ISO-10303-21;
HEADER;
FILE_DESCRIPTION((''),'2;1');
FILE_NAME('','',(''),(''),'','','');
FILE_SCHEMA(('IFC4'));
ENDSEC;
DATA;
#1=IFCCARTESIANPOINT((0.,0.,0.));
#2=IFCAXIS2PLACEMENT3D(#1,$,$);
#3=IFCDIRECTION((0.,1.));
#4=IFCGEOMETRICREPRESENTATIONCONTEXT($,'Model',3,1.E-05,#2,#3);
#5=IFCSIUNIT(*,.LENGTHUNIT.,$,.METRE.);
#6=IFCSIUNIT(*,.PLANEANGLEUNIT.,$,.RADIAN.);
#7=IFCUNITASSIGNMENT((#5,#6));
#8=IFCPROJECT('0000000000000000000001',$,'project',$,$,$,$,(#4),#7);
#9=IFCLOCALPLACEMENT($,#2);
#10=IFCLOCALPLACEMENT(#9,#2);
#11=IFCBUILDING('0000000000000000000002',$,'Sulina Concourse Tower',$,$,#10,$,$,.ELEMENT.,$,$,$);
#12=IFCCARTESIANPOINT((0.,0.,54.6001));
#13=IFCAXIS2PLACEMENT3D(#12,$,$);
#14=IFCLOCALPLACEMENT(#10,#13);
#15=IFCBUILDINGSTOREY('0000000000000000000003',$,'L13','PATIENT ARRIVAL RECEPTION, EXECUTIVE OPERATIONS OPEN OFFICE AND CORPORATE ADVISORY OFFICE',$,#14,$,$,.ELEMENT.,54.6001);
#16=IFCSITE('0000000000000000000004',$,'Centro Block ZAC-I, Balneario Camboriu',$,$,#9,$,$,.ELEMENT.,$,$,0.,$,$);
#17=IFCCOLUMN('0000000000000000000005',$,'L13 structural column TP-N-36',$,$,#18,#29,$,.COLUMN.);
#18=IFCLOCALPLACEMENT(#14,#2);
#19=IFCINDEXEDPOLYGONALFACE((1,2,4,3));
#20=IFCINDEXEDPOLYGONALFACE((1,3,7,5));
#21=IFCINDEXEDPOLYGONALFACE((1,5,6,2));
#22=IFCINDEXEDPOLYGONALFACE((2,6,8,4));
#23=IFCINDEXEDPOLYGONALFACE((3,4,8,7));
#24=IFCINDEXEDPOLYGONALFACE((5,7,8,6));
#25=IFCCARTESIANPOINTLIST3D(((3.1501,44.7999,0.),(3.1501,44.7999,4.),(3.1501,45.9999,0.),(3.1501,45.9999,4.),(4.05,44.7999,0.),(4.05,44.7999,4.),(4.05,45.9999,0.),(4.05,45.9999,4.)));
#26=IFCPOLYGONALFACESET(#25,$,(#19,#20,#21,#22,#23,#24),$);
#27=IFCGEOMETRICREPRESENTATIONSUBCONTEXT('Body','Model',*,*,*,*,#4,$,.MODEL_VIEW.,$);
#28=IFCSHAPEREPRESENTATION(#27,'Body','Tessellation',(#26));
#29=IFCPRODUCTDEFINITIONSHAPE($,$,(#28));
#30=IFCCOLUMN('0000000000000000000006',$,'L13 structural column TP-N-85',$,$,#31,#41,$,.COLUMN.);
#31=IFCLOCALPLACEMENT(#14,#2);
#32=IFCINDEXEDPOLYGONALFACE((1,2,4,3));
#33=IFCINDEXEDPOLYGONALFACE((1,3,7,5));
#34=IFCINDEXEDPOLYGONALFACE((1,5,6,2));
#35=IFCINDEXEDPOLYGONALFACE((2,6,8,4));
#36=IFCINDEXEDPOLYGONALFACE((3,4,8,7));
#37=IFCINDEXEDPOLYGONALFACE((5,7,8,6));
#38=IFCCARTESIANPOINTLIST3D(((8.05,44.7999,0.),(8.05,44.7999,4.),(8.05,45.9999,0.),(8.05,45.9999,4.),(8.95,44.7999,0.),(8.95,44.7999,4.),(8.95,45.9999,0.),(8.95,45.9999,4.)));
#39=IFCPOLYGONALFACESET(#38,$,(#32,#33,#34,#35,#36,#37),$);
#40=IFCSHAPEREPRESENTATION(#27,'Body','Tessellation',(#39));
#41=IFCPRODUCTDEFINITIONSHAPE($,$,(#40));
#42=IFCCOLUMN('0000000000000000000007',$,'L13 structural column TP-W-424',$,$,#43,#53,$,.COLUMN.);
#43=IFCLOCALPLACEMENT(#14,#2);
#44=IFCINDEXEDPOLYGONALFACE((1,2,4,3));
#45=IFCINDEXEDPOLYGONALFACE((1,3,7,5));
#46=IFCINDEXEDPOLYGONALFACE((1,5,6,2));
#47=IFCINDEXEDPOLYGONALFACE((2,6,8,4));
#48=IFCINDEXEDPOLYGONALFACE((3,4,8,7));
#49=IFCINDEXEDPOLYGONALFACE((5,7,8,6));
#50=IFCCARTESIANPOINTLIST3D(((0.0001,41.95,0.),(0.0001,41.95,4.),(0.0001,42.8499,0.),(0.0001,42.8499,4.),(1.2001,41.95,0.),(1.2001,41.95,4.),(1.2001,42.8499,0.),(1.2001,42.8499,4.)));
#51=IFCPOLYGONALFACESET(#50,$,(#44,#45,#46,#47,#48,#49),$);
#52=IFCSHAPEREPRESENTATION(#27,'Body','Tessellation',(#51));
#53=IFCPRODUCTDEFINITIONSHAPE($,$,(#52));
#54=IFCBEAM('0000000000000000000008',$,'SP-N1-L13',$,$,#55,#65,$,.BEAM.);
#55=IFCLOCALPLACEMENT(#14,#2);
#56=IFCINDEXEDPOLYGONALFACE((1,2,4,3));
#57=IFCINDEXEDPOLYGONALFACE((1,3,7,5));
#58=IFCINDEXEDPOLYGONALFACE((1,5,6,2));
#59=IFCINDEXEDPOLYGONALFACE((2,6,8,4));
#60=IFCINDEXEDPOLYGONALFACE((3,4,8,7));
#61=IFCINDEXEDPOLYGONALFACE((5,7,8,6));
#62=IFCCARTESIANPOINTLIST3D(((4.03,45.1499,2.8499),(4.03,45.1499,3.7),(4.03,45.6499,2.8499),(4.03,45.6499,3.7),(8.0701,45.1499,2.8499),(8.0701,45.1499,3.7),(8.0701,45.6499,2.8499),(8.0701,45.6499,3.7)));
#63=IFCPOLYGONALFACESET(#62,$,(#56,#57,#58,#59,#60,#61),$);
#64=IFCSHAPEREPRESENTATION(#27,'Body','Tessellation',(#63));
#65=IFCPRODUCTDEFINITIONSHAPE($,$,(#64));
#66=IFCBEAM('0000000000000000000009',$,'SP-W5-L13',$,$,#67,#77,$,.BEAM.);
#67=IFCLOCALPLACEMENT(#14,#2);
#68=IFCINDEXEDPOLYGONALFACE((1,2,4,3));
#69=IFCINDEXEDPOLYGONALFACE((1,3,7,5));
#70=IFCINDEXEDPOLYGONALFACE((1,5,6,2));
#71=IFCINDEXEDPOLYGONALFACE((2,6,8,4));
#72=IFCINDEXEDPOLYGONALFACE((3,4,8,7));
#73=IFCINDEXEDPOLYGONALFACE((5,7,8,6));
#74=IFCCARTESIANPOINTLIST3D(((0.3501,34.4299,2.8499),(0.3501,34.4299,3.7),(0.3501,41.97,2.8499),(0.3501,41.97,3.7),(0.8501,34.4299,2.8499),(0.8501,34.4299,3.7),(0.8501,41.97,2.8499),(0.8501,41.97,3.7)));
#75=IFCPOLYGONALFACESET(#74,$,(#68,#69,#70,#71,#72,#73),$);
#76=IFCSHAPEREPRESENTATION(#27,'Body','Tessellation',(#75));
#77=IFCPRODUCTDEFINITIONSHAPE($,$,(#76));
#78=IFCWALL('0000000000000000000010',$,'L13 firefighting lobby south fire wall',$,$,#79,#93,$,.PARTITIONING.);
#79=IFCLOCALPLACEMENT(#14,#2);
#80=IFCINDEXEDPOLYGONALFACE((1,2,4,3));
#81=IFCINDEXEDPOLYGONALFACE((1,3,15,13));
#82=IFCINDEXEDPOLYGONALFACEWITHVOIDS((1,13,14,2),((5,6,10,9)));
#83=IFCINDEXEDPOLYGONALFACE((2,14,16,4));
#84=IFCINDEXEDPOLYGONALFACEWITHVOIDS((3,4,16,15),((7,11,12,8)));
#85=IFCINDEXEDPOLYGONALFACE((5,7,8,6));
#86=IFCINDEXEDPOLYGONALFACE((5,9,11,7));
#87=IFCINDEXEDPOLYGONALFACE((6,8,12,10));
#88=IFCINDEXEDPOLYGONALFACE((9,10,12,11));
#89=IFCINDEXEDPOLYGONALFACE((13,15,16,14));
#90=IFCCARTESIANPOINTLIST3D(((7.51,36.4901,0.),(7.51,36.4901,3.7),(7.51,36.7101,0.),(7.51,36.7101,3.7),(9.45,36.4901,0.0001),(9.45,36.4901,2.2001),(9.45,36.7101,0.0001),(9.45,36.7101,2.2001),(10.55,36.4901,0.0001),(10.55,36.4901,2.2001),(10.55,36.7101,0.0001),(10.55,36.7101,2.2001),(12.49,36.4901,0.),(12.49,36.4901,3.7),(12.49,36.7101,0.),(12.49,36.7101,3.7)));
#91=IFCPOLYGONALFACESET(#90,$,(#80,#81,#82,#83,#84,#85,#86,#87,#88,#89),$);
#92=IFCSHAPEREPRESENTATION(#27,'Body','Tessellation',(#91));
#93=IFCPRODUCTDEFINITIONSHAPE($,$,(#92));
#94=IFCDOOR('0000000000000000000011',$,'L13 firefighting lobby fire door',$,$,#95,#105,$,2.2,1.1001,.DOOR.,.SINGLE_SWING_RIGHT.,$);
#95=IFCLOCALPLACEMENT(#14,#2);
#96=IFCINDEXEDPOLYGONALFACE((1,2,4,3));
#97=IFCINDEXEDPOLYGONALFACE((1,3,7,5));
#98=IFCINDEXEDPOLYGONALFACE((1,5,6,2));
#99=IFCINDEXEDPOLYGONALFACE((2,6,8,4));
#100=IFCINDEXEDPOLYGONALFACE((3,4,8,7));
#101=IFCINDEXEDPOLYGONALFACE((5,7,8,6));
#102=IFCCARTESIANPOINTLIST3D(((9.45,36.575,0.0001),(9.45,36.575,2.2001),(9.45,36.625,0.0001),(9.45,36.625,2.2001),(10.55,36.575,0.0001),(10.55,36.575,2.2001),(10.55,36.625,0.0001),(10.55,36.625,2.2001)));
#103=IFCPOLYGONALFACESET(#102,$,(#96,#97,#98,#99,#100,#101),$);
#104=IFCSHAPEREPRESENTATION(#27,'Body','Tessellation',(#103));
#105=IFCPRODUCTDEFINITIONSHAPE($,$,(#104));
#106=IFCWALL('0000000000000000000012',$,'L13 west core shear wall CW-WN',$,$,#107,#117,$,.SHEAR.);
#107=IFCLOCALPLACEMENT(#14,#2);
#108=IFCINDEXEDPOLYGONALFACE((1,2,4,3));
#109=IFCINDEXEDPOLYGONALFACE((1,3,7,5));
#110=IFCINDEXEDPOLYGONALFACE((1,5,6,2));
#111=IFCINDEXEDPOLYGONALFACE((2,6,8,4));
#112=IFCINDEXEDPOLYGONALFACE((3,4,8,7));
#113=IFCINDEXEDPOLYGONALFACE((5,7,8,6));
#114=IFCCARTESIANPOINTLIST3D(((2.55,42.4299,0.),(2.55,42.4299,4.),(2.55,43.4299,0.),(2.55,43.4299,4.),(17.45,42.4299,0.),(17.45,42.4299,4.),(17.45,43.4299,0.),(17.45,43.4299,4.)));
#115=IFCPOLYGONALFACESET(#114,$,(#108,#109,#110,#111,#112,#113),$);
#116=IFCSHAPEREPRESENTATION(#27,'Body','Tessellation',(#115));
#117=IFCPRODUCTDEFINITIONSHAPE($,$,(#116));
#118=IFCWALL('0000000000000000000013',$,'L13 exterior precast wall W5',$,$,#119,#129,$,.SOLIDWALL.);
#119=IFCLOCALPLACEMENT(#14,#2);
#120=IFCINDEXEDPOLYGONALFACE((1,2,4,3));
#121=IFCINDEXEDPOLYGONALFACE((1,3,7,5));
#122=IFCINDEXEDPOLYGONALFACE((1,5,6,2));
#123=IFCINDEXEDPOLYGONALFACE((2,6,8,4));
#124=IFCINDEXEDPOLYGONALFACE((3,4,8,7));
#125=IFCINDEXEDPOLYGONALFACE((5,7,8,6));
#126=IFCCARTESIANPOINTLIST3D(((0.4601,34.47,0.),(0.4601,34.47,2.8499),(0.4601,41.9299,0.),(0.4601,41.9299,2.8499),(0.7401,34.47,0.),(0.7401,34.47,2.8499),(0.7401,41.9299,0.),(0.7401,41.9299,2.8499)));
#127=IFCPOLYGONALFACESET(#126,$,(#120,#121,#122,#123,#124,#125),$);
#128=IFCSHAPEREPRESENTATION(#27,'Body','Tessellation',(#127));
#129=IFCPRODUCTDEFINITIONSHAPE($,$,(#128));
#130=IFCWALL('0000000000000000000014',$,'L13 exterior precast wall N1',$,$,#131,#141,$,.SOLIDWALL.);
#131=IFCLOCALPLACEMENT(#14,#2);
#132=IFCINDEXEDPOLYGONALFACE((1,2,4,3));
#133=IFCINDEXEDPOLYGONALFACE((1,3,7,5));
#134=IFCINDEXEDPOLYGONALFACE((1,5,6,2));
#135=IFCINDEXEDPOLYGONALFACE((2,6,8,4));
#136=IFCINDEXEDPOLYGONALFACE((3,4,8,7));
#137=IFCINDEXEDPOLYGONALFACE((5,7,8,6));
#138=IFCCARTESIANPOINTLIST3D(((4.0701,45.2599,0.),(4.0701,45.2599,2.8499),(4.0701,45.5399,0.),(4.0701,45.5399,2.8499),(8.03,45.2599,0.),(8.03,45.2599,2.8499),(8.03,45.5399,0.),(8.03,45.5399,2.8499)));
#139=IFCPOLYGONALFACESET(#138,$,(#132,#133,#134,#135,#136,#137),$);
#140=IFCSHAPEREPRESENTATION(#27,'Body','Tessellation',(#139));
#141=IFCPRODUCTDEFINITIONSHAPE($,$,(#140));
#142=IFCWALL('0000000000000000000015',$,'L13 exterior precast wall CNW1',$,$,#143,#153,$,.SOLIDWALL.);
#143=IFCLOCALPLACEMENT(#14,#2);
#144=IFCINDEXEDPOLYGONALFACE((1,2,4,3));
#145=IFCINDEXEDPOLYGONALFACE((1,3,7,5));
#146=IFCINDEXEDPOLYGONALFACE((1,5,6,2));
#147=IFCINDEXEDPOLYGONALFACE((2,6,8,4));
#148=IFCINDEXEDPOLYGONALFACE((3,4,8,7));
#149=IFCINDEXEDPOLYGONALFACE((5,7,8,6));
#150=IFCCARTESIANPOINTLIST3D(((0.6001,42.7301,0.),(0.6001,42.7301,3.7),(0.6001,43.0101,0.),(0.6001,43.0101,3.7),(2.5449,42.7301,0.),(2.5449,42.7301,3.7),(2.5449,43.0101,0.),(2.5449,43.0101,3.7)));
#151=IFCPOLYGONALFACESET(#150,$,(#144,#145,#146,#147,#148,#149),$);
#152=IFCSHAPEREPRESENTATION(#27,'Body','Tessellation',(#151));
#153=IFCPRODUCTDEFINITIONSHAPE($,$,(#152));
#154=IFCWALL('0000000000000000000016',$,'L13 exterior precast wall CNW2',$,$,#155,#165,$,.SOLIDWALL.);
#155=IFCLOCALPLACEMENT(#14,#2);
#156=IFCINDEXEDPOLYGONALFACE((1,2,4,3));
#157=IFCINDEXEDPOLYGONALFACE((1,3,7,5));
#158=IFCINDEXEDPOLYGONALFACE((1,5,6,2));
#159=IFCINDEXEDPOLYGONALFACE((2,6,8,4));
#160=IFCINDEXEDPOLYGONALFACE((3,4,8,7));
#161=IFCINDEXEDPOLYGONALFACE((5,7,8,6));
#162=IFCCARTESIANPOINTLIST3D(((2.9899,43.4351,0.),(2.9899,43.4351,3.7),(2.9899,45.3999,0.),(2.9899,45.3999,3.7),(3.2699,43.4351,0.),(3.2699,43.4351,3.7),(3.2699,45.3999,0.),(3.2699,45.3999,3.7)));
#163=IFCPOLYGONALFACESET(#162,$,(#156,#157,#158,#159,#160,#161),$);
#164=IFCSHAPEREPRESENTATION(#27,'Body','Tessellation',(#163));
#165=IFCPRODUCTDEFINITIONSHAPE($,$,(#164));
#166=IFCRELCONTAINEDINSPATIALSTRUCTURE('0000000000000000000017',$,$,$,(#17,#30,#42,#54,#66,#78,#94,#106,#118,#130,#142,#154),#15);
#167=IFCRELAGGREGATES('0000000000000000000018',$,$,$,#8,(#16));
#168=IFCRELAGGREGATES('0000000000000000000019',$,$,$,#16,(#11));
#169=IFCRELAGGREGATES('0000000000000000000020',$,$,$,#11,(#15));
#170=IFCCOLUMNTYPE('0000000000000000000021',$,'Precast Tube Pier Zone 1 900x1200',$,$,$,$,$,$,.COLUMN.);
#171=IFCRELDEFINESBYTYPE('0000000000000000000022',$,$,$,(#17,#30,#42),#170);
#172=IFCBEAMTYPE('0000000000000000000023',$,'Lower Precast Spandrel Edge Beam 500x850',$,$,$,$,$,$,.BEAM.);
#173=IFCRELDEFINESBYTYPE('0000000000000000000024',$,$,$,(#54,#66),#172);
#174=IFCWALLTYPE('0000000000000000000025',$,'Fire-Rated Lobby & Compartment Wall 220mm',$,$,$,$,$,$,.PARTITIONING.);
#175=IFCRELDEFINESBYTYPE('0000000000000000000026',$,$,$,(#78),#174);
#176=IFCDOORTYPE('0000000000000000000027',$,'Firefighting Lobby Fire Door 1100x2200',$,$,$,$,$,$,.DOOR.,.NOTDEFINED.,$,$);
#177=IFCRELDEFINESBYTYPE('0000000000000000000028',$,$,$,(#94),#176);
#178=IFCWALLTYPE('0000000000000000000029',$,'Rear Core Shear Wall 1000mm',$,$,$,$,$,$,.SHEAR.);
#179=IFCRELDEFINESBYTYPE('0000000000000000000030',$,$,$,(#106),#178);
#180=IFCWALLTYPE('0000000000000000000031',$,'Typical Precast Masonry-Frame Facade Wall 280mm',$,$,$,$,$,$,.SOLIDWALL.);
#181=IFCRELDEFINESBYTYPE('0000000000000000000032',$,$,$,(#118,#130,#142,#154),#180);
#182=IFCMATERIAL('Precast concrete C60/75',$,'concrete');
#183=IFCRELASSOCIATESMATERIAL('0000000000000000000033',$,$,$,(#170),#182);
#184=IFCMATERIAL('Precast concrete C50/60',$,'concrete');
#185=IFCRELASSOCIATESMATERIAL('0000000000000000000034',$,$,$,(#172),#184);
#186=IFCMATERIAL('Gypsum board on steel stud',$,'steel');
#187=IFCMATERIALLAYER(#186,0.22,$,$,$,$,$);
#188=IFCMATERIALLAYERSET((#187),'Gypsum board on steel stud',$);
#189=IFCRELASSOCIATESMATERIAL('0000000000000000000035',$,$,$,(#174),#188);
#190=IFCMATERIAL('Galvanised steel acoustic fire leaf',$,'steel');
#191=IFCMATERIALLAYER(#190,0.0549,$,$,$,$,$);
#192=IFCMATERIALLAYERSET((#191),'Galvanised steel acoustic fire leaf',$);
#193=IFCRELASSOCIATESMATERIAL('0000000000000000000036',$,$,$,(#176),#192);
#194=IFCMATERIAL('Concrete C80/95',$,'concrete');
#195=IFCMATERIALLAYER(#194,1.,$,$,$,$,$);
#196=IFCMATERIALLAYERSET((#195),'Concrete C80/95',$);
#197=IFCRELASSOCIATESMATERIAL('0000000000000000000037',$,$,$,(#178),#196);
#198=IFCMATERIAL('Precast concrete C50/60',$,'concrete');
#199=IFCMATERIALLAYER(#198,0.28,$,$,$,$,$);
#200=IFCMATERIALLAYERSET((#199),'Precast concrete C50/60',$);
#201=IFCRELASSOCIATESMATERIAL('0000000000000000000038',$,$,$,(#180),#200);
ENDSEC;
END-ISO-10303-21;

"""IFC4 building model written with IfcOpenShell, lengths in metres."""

from ifc_helpers import new_model, si_unit, direction, frame, frame_2d, origin, origin_2d, place, context, subcontext, project, spatial, rectangle, extrude, material, layer, layer_set, material_profile, profile_set, type_object, element, fill, save


model = new_model("IFC4")

# Units and contexts
model_context = context("Model", 3, precision=1e-05, world=origin(), true_north=direction((0.0, 1.0)))
body_context = subcontext(model_context, "Body", "Model", "MODEL_VIEW")
ifc_project = project(units=[si_unit("LENGTHUNIT", "METRE"), si_unit("PLANEANGLEUNIT", "RADIAN")], contexts=[model_context])

# Site, building, storey
site_placement = place(None, origin())
site = spatial("IfcSite", under=ifc_project, at=site_placement, Name="Centro Block ZAC-I, Balneario Camboriu", CompositionType="ELEMENT", RefElevation=0.0)
building_placement = place(site_placement, origin())
building = spatial("IfcBuilding", under=site, at=building_placement, Name="Sulina Concourse Tower", CompositionType="ELEMENT")
storey_placement = place(building_placement, frame((0.0, 0.0, 54.6001)))
storey = spatial("IfcBuildingStorey", under=building, at=storey_placement, Name="L13", Description="PATIENT ARRIVAL RECEPTION, EXECUTIVE OPERATIONS OPEN OFFICE AND CORPORATE ADVISORY OFFICE", CompositionType="ELEMENT", Elevation=54.6001)

# Columns
ifc_material_1 = material(Name="Precast concrete C60/75", Category="concrete")
ifc_material_profile_1 = material_profile(ifc_material_1, rectangle(XDim=0.8999, YDim=1.2, at=origin_2d()), Name="PC 900x1200")
ifc_profile_set_1 = profile_set([ifc_material_profile_1], Name="Precast concrete C60/75")
column_type = type_object("IfcColumnType", Name="Precast Tube Pier Zone 1 900x1200", PredefinedType="COLUMN", material=ifc_profile_set_1)
for number, where, z_axis, x_axis, name in (
    (1, (3.6001, 45.3999, 0.0), (0.0, 0.0, 1.0), (1.0, 0.0, 0.0), "L13 structural column TP-N-36"),
    (2, (8.5, 45.3999, 0.0), (0.0, 0.0, 1.0), (1.0, 0.0, 0.0), "L13 structural column TP-N-85"),
    (3, (0.6001, 42.3999, 0.0), (0.0, 0.0, 1.0), (0.0, 1.0, 0.0), "L13 structural column TP-W-424"),
):
    element("IfcColumn", number, at=place(storey_placement, frame(where, z_axis=z_axis, x_axis=x_axis)), inside=storey, type_object=column_type, Name=name, PredefinedType="COLUMN", context=body_context, shape_type="SweptSolid", body=[
        extrude(rectangle(XDim=0.8999, YDim=1.2, at=origin_2d()), origin(), (0.0, 0.0, 1.0), 4.0),
    ])

# Beams
ifc_material_2 = material(Name="Precast concrete C50/60", Category="concrete")
ifc_material_profile_2 = material_profile(ifc_material_2, rectangle(XDim=0.5, YDim=0.8501, at=origin_2d()), Name="RC 500x850")
ifc_profile_set_2 = profile_set([ifc_material_profile_2], Name="Precast concrete C50/60")
beam_type = type_object("IfcBeamType", Name="Lower Precast Spandrel Edge Beam 500x850", PredefinedType="BEAM", material=ifc_profile_set_2)
beam_1_placement = place(storey_placement, frame((4.03, 45.3999, 3.2749), z_axis=(1.0, 0.0, 0.0), x_axis=(0.0, 1.0, 0.0)))
element("IfcBeam", 4, at=beam_1_placement, inside=storey, type_object=beam_type, Name="SP-N1-L13", PredefinedType="BEAM", context=body_context, shape_type="SweptSolid", body=[
    extrude(rectangle(XDim=0.5, YDim=0.8501, at=origin_2d()), origin(), (0.0, 0.0, 1.0), 4.04),
])
beam_2_placement = place(storey_placement, frame((0.6001, 34.4299, 3.2749), z_axis=(0.0, 1.0, 0.0), x_axis=(-1.0, 0.0, 0.0)))
element("IfcBeam", 5, at=beam_2_placement, inside=storey, type_object=beam_type, Name="SP-W5-L13", PredefinedType="BEAM", context=body_context, shape_type="SweptSolid", body=[
    extrude(rectangle(XDim=0.5, YDim=0.8501, at=origin_2d()), origin(), (0.0, 0.0, 1.0), 7.54),
])

# Wall, opening, door
ifc_material_3 = material(Name="Gypsum board on steel stud", Category="steel")
ifc_layer_1 = layer(ifc_material_3, 0.22)
ifc_layer_set_1 = layer_set([ifc_layer_1], Name="Gypsum board on steel stud")
wall_type_1 = type_object("IfcWallType", Name="Fire-Rated Lobby & Compartment Wall 220mm", PredefinedType="PARTITIONING", material=ifc_layer_set_1)
wall_1_placement = place(storey_placement, frame((7.51, 36.6001, 0.0), z_axis=(0.0, 0.0, 1.0), x_axis=(1.0, 0.0, 0.0)))
wall_1 = element("IfcWall", 6, at=wall_1_placement, inside=storey, type_object=wall_type_1, Name="L13 firefighting lobby south fire wall", PredefinedType="PARTITIONING", context=body_context, shape_type="SweptSolid", body=[
    extrude(rectangle(XDim=4.98, YDim=0.22, at=frame_2d((2.49, 0.0))), origin(), (0.0, 0.0, 1.0), 3.7),
])
opening_placement = place(wall_1_placement, frame((1.9399, 0.0, 0.0)))
opening = element("IfcOpeningElement", 7, at=opening_placement, cuts=wall_1, PredefinedType="OPENING", context=body_context, shape_type="SweptSolid", body=[
    extrude(rectangle(XDim=1.1001, YDim=2.2, at=frame_2d((0.55, 1.1001))), frame((0.0, 0.1199, 0.0), z_axis=(0.0, -1.0, 0.0), x_axis=(1.0, 0.0, 0.0)), (0.0, 0.0, 1.0), 0.24),
])
ifc_material_4 = material(Name="Galvanised steel acoustic fire leaf", Category="steel")
ifc_layer_2 = layer(ifc_material_4, 0.0549)
ifc_layer_set_2 = layer_set([ifc_layer_2], Name="Galvanised steel acoustic fire leaf")
door_type = type_object("IfcDoorType", Name="Firefighting Lobby Fire Door 1100x2200", OperationType="NOTDEFINED", PredefinedType="DOOR", material=ifc_layer_set_2)
door_placement = place(opening_placement, origin())
door = element("IfcDoor", 8, at=door_placement, inside=storey, type_object=door_type, Name="L13 firefighting lobby fire door", OperationType="SINGLE_SWING_RIGHT", OverallHeight=2.2, OverallWidth=1.1001, PredefinedType="DOOR", context=body_context, shape_type="SweptSolid", body=[
    extrude(rectangle(XDim=1.1001, YDim=2.2, at=frame_2d((0.55, 1.1001))), frame((0.0, 0.0249, 0.0), z_axis=(0.0, -1.0, 0.0), x_axis=(1.0, 0.0, 0.0)), (0.0, 0.0, 1.0), 0.05),
])
fill(opening, door)

# Walls
ifc_material_5 = material(Name="Concrete C80/95", Category="concrete")
ifc_layer_3 = layer(ifc_material_5, 1.0)
ifc_layer_set_3 = layer_set([ifc_layer_3], Name="Concrete C80/95")
wall_type_2 = type_object("IfcWallType", Name="Rear Core Shear Wall 1000mm", PredefinedType="SHEAR", material=ifc_layer_set_3)
wall_2_placement = place(storey_placement, frame((2.55, 42.9299, 0.0), z_axis=(0.0, 0.0, 1.0), x_axis=(1.0, 0.0, 0.0)))
element("IfcWall", 9, at=wall_2_placement, inside=storey, type_object=wall_type_2, Name="L13 west core shear wall CW-WN", PredefinedType="SHEAR", context=body_context, shape_type="SweptSolid", body=[
    extrude(rectangle(XDim=14.8999, YDim=1.0, at=frame_2d((7.45, 0.0))), origin(), (0.0, 0.0, 1.0), 4.0),
])
ifc_material_6 = material(Name="Precast concrete C50/60", Category="concrete")
ifc_layer_4 = layer(ifc_material_6, 0.28)
ifc_layer_set_4 = layer_set([ifc_layer_4], Name="Precast concrete C50/60")
wall_type_3 = type_object("IfcWallType", Name="Typical Precast Masonry-Frame Facade Wall 280mm", PredefinedType="SOLIDWALL", material=ifc_layer_set_4)
wall_3_placement = place(storey_placement, frame((0.6001, 34.47, 0.0), z_axis=(0.0, 0.0, 1.0), x_axis=(0.0, 1.0, 0.0)))
element("IfcWall", 10, at=wall_3_placement, inside=storey, type_object=wall_type_3, Name="L13 exterior precast wall W5", PredefinedType="SOLIDWALL", context=body_context, shape_type="SweptSolid", body=[
    extrude(rectangle(XDim=7.46, YDim=0.28, at=frame_2d((3.73, 0.0))), origin(), (0.0, 0.0, 1.0), 2.8499),
])
wall_4_placement = place(storey_placement, frame((4.0701, 45.3999, 0.0), z_axis=(0.0, 0.0, 1.0), x_axis=(1.0, 0.0, 0.0)))
element("IfcWall", 11, at=wall_4_placement, inside=storey, type_object=wall_type_3, Name="L13 exterior precast wall N1", PredefinedType="SOLIDWALL", context=body_context, shape_type="SweptSolid", body=[
    extrude(rectangle(XDim=3.96, YDim=0.28, at=frame_2d((1.98, 0.0))), origin(), (0.0, 0.0, 1.0), 2.8499),
])
wall_5_placement = place(storey_placement, frame((0.6001, 42.8701, 0.0), z_axis=(0.0, 0.0, 1.0), x_axis=(1.0, 0.0, 0.0)))
element("IfcWall", 12, at=wall_5_placement, inside=storey, type_object=wall_type_3, Name="L13 exterior precast wall CNW1", PredefinedType="SOLIDWALL", context=body_context, shape_type="SweptSolid", body=[
    extrude(rectangle(XDim=1.9448, YDim=0.28, at=frame_2d((0.9724, 0.0))), origin(), (0.0, 0.0, 1.0), 3.7),
])
wall_6_placement = place(storey_placement, frame((3.1299, 43.4351, 0.0), z_axis=(0.0, 0.0, 1.0), x_axis=(0.0, 1.0, 0.0)))
element("IfcWall", 13, at=wall_6_placement, inside=storey, type_object=wall_type_3, Name="L13 exterior precast wall CNW2", PredefinedType="SOLIDWALL", context=body_context, shape_type="SweptSolid", body=[
    extrude(rectangle(XDim=1.9648, YDim=0.28, at=frame_2d((0.9824, 0.0))), origin(), (0.0, 0.0, 1.0), 3.7),
])

save(model, "model.ifc")
